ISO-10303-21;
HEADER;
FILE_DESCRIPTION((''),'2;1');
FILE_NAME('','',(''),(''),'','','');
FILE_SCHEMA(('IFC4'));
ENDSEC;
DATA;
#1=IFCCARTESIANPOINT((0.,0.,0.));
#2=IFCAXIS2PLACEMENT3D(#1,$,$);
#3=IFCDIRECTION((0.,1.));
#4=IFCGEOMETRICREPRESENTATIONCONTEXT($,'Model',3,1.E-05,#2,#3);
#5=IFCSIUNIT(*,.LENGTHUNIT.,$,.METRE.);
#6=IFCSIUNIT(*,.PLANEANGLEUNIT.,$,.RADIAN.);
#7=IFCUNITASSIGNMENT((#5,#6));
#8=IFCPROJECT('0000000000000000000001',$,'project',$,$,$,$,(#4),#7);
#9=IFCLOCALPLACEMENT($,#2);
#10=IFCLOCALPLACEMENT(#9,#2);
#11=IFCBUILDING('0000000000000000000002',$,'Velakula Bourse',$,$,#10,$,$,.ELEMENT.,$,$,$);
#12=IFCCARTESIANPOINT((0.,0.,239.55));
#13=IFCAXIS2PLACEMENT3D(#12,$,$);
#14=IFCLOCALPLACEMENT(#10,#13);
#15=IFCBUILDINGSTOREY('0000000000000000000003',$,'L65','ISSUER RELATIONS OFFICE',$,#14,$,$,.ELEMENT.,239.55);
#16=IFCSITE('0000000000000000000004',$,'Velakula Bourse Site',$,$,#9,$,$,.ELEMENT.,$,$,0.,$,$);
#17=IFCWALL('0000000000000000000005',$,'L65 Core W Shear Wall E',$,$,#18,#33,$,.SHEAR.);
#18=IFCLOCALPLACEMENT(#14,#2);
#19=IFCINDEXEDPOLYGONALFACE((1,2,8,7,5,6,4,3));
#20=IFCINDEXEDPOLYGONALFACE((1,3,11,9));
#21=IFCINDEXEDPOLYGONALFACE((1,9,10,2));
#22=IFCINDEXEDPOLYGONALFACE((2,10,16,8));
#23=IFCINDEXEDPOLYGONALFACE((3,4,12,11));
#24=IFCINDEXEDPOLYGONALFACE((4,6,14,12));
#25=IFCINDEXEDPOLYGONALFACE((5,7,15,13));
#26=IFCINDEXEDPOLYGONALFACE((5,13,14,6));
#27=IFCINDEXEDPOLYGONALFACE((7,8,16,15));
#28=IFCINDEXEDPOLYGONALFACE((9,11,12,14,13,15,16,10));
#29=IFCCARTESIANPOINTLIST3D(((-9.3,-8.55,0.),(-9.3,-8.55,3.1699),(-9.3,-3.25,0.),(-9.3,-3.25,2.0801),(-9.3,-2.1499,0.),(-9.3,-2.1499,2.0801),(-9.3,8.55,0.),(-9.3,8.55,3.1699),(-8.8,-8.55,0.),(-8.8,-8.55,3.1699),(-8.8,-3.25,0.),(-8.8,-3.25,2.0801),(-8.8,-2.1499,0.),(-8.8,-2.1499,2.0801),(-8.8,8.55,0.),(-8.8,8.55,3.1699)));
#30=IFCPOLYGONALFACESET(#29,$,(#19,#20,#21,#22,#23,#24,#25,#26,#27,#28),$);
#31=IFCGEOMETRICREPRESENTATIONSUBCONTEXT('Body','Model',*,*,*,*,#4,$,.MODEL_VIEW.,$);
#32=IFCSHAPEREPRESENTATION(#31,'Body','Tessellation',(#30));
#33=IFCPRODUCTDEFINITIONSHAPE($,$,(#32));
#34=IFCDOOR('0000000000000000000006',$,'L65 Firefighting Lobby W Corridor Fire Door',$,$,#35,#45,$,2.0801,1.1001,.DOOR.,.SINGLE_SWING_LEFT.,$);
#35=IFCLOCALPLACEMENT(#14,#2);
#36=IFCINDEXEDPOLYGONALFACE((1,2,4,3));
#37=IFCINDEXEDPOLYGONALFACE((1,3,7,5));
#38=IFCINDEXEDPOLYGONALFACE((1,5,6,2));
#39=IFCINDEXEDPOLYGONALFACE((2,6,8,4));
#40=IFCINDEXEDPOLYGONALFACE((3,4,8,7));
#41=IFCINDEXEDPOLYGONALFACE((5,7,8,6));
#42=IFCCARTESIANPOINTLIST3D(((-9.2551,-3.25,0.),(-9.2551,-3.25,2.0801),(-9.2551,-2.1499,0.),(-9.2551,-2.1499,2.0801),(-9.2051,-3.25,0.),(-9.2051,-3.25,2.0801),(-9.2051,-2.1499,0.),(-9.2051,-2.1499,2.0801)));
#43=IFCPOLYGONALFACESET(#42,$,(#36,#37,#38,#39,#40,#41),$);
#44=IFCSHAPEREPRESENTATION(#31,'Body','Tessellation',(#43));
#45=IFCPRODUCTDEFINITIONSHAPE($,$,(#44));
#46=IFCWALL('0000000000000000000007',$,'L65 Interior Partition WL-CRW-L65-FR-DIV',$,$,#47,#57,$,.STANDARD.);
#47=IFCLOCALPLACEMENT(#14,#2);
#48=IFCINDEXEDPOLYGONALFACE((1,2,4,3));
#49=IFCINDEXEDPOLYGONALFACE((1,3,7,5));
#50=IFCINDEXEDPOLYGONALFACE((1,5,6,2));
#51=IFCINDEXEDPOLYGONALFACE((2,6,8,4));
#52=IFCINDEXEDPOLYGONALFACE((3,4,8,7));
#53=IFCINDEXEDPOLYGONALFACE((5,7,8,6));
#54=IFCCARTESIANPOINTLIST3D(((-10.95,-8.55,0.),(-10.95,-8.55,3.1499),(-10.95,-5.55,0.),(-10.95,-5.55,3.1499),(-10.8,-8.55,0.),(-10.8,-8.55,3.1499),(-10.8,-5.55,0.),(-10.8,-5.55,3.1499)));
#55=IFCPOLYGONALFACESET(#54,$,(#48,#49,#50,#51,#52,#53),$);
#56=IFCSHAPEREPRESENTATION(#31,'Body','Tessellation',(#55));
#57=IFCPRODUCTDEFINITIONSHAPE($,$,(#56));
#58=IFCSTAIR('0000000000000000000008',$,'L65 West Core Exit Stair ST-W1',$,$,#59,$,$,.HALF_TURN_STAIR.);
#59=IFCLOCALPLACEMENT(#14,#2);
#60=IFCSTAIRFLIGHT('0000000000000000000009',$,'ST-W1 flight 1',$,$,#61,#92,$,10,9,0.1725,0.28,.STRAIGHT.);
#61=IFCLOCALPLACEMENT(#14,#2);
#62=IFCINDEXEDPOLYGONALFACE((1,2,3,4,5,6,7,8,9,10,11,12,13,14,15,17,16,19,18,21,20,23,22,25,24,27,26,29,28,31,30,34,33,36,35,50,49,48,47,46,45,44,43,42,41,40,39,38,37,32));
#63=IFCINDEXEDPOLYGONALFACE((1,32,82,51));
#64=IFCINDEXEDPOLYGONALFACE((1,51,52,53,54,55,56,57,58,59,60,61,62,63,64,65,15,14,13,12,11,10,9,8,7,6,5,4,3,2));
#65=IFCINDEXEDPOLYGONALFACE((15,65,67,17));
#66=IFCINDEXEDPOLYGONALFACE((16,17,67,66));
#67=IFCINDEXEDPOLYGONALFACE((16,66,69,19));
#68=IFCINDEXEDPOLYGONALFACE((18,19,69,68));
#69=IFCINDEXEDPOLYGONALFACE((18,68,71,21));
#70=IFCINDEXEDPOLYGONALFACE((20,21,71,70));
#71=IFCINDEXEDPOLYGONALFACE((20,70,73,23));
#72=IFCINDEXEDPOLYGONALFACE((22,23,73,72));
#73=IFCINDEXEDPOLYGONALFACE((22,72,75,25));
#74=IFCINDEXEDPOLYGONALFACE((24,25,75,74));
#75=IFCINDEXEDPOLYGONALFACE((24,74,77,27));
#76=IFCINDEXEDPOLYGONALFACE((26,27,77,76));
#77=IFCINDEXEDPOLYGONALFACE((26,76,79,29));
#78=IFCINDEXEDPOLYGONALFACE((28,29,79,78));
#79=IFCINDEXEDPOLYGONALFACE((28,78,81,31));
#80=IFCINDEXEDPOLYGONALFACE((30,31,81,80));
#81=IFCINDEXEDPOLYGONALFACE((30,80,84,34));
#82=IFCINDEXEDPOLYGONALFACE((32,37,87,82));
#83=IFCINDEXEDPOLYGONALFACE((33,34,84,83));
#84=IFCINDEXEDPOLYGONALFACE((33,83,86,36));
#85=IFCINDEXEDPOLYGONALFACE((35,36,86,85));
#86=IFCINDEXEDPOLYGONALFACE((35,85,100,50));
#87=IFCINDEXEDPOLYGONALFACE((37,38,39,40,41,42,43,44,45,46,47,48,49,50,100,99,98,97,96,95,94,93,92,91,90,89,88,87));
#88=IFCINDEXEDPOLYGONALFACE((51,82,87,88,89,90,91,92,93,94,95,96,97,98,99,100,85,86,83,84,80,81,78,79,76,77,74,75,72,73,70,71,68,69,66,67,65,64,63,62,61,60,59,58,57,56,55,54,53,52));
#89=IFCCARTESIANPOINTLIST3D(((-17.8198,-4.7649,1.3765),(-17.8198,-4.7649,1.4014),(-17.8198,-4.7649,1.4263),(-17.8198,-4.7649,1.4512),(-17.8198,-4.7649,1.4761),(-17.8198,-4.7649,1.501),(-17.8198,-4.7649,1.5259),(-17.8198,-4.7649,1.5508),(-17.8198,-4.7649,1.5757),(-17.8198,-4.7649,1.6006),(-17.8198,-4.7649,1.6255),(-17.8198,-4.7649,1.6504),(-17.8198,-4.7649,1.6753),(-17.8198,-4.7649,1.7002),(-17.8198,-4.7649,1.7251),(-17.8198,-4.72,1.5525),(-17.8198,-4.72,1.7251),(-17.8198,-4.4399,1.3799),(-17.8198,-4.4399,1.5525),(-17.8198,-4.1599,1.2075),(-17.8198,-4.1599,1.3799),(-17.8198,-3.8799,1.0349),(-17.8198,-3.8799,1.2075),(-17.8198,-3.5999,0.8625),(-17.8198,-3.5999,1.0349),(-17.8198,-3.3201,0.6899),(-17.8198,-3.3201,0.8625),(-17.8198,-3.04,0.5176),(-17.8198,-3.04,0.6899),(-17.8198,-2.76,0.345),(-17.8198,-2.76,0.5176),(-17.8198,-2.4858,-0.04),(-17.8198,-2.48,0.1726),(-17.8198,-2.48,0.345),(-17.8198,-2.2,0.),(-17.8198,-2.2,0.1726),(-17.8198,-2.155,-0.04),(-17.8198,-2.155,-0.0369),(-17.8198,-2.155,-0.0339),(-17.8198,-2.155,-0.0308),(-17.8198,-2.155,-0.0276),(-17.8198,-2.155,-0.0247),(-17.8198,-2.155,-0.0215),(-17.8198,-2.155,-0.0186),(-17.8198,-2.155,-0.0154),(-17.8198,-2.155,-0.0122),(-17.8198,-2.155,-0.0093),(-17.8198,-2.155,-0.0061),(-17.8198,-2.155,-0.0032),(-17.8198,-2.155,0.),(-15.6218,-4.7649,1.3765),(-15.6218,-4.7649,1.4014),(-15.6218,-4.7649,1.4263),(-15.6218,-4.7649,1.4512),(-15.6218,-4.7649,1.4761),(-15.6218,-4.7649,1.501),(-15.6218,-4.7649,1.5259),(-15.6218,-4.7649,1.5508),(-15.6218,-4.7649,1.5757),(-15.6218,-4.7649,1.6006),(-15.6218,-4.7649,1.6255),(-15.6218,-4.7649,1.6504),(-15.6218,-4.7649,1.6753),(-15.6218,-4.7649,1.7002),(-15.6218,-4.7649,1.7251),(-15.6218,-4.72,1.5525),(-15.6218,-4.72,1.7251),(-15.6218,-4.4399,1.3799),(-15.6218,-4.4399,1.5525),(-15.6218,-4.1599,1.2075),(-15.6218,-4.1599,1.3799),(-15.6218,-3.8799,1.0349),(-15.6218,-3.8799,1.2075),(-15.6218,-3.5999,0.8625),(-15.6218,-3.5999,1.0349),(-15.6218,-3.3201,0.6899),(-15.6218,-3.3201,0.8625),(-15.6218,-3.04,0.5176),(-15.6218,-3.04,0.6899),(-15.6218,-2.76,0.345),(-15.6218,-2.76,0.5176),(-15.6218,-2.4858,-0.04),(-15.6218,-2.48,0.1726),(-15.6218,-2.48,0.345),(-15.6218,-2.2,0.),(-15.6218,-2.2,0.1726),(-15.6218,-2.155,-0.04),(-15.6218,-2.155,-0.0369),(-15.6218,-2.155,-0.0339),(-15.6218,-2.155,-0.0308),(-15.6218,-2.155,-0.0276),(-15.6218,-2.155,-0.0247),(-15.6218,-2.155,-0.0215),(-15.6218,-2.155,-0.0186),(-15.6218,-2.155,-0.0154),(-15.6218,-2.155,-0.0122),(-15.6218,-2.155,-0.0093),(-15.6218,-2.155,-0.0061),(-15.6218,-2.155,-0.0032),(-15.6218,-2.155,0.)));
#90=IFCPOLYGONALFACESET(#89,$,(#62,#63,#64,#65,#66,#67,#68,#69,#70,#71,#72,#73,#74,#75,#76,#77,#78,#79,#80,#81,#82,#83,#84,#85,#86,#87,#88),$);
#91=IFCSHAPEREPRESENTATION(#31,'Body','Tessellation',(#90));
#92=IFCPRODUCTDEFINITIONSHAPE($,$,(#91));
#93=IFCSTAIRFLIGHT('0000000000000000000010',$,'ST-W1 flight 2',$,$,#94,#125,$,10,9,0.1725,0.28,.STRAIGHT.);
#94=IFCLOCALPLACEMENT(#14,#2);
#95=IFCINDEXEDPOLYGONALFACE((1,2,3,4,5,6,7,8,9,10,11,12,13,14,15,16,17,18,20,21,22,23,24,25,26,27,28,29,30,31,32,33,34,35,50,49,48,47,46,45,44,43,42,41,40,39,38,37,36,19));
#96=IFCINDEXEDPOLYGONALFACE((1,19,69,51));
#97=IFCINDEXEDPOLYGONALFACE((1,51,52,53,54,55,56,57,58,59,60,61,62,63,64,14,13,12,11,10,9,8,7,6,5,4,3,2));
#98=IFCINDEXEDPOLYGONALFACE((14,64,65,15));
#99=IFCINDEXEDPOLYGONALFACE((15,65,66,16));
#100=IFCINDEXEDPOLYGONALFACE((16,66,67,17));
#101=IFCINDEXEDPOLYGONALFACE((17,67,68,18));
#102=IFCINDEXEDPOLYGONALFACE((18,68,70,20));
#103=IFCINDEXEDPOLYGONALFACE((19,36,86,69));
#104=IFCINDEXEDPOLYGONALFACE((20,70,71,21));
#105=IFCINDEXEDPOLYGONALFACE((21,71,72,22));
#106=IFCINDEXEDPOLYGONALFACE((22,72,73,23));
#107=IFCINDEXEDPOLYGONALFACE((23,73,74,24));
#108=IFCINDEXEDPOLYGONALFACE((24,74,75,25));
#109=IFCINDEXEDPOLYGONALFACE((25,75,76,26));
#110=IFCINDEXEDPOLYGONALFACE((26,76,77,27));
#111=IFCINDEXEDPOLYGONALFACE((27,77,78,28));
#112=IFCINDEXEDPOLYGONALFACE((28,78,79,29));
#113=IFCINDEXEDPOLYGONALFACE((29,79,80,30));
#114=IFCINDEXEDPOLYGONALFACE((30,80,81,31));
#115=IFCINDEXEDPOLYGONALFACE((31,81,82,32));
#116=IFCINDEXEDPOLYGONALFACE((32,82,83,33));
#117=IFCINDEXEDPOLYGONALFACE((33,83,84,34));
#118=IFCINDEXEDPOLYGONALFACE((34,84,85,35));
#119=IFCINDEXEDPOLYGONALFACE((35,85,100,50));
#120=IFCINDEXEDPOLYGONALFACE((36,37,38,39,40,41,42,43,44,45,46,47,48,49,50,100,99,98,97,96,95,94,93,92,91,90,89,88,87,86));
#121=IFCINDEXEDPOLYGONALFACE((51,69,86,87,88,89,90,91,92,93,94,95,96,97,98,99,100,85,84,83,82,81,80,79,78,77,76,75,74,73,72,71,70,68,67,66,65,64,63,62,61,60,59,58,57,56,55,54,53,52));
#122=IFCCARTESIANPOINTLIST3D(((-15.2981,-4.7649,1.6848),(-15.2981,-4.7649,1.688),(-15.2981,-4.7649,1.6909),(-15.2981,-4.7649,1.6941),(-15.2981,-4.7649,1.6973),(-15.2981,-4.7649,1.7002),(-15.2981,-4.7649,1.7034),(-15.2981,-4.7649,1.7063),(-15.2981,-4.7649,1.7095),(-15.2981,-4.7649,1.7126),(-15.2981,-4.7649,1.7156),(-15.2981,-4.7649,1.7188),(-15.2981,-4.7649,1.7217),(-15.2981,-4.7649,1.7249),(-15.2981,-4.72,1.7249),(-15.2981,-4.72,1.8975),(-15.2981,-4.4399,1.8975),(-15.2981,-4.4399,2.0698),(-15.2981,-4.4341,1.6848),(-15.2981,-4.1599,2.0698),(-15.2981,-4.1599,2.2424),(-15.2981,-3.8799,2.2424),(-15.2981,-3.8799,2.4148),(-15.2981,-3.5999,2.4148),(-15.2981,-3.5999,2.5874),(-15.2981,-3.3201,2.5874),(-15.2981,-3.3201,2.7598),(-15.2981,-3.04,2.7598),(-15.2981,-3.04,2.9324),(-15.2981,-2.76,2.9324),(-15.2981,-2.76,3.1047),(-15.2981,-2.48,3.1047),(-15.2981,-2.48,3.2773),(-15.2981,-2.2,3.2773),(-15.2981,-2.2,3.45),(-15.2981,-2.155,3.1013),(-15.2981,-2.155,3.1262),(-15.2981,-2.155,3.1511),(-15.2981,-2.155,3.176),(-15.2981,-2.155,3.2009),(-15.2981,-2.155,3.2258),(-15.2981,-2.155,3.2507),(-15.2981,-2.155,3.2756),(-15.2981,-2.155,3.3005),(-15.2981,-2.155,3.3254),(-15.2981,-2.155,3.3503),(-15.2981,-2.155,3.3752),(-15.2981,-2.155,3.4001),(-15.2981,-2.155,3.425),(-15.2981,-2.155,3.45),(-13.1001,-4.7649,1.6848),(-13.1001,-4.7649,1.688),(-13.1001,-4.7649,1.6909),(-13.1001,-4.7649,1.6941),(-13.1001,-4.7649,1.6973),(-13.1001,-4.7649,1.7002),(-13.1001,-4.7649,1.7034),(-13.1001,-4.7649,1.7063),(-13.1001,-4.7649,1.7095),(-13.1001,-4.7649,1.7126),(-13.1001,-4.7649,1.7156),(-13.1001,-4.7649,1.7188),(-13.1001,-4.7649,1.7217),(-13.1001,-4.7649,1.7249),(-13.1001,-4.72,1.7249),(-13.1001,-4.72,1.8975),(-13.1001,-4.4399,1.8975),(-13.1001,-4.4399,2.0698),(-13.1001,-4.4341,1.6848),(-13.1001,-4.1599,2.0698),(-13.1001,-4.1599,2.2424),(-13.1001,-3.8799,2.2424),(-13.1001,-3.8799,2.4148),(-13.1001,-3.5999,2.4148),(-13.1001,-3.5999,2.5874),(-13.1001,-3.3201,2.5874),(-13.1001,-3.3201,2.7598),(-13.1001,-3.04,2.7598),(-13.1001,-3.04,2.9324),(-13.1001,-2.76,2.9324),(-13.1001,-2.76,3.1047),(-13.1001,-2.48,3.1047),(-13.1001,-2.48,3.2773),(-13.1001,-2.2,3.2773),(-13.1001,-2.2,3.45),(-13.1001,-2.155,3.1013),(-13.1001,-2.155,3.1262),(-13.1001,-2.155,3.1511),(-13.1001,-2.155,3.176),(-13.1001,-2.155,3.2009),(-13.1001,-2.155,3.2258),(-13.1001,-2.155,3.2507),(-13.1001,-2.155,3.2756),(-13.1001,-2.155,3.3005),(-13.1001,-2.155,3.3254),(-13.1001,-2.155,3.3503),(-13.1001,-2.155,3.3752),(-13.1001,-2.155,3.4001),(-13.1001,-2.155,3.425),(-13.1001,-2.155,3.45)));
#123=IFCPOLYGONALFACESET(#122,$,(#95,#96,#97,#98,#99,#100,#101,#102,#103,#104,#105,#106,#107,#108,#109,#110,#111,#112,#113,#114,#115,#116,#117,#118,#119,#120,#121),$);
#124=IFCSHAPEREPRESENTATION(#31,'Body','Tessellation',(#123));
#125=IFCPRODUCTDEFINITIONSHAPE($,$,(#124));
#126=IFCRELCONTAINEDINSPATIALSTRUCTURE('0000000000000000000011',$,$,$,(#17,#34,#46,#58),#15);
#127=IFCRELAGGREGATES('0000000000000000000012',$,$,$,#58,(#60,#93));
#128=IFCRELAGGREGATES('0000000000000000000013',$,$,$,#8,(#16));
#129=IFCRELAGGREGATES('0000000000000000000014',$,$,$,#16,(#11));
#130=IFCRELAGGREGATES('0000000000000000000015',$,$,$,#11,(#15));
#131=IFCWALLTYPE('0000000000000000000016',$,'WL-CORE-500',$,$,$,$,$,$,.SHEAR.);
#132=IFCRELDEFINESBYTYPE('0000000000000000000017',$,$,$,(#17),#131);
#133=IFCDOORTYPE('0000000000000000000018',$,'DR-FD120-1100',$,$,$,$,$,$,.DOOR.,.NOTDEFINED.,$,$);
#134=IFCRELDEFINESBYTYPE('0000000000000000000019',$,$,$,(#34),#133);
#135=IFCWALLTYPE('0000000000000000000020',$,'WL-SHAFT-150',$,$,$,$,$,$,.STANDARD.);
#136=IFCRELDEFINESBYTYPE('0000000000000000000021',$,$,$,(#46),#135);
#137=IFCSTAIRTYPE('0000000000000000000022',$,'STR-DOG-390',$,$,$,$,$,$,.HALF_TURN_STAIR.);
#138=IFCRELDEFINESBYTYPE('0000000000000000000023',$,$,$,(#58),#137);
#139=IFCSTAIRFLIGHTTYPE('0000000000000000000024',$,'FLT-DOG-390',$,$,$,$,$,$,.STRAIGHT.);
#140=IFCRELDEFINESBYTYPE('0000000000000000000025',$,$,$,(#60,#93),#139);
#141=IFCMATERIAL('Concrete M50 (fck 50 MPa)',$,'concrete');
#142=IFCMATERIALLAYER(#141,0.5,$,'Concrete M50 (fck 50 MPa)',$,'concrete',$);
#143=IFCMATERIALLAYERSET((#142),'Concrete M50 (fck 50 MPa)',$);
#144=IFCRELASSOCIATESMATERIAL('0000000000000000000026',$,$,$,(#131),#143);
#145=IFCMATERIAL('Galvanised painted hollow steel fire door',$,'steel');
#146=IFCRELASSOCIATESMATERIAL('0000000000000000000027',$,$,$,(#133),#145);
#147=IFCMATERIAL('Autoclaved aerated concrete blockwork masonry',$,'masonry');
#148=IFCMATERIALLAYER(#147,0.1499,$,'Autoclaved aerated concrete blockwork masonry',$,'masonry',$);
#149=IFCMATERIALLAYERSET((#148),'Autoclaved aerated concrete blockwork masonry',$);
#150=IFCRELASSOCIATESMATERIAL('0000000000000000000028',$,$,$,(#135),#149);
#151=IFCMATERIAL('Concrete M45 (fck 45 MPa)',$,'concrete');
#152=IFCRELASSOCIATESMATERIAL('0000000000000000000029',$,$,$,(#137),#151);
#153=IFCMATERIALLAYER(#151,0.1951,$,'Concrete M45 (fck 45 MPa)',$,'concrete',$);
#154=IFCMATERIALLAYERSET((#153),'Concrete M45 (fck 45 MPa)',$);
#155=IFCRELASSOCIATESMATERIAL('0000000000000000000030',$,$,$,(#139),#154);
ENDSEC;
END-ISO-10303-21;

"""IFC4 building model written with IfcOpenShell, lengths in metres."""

from ifc_helpers import new_model, si_unit, direction, frame, frame_2d, origin, place, context, subcontext, project, spatial, polyline, rectangle, outline, extrude, material, layer, layer_set, type_object, element, fill, aggregate, save


model = new_model("IFC4")

# Units and contexts
model_context = context("Model", 3, precision=1e-05, world=origin(), true_north=direction((0.0, 1.0)))
body_context = subcontext(model_context, "Body", "Model", "MODEL_VIEW")
ifc_project = project(units=[si_unit("LENGTHUNIT", "METRE"), si_unit("PLANEANGLEUNIT", "RADIAN")], contexts=[model_context])

# Site, building, storey
site_placement = place(None, origin())
site = spatial("IfcSite", under=ifc_project, at=site_placement, Name="Velakula Bourse Site", CompositionType="ELEMENT", RefElevation=0.0)
building_placement = place(site_placement, origin())
building = spatial("IfcBuilding", under=site, at=building_placement, Name="Velakula Bourse", CompositionType="ELEMENT")
storey_placement = place(building_placement, frame((0.0, 0.0, 239.55)))
storey = spatial("IfcBuildingStorey", under=building, at=storey_placement, Name="L65", Description="ISSUER RELATIONS OFFICE", CompositionType="ELEMENT", Elevation=239.55)

# Shared definitions
ifc_material_1 = material(Name="Concrete M50 (fck 50 MPa)", Category="concrete")

# Shared definitions
ifc_material_2 = material(Name="Galvanised painted hollow steel fire door", Category="steel")

# Wall, opening, door
ifc_layer_1 = layer(ifc_material_1, 0.5, Name="Concrete M50 (fck 50 MPa)", Category="concrete")
ifc_layer_set_1 = layer_set([ifc_layer_1], Name="Concrete M50 (fck 50 MPa)")
wall_type_1 = type_object("IfcWallType", Name="WL-CORE-500", PredefinedType="SHEAR", material=ifc_layer_set_1)
wall_1_placement = place(storey_placement, frame((-9.05, -8.55, 0.0), z_axis=(0.0, 0.0, 1.0), x_axis=(0.0, 1.0, 0.0)))
wall_1 = element("IfcWall", 1, at=wall_1_placement, inside=storey, type_object=wall_type_1, Name="L65 Core W Shear Wall E", PredefinedType="SHEAR", context=body_context, shape_type="SweptSolid", body=[
    extrude(rectangle(XDim=17.1001, YDim=0.5, at=frame_2d((8.55, 0.0))), origin(), (0.0, 0.0, 1.0), 3.1699),
])
opening_1_placement = place(wall_1_placement, frame((5.3, 0.0, 0.0)))
opening_1 = element("IfcOpeningElement", 2, at=opening_1_placement, cuts=wall_1, PredefinedType="OPENING", context=body_context, shape_type="SweptSolid", body=[
    extrude(rectangle(XDim=1.1001, YDim=2.0801, at=frame_2d((0.55, 1.04))), frame((0.0, 0.26, 0.0), z_axis=(0.0, -1.0, 0.0), x_axis=(1.0, 0.0, 0.0)), (0.0, 0.0, 1.0), 0.52),
])
door_type_1 = type_object("IfcDoorType", Name="DR-FD120-1100", OperationType="NOTDEFINED", PredefinedType="DOOR", material=ifc_material_2)
door_1_placement = place(opening_1_placement, origin())
door_1 = element("IfcDoor", 3, at=door_1_placement, inside=storey, type_object=door_type_1, Name="L65 Firefighting Lobby W Corridor Fire Door", OperationType="SINGLE_SWING_LEFT", OverallHeight=2.0801, OverallWidth=1.1001, PredefinedType="DOOR", context=body_context, shape_type="SweptSolid", body=[
    extrude(rectangle(XDim=1.1001, YDim=2.0801, at=frame_2d((0.55, 1.04))), frame((0.0, 0.2051, 0.0), z_axis=(0.0, -1.0, 0.0), x_axis=(1.0, 0.0, 0.0)), (0.0, 0.0, 1.0), 0.05),
])
fill(opening_1, door_1)

# Shared definitions
ifc_material_3 = material(Name="Autoclaved aerated concrete blockwork masonry", Category="masonry")
ifc_layer_2 = layer(ifc_material_3, 0.1499, Name="Autoclaved aerated concrete blockwork masonry", Category="masonry")
ifc_layer_set_2 = layer_set([ifc_layer_2], Name="Autoclaved aerated concrete blockwork masonry")
wall_type_2 = type_object("IfcWallType", Name="WL-SHAFT-150", PredefinedType="STANDARD", material=ifc_layer_set_2)

# Wall
wall_2_placement = place(storey_placement, frame((-10.875, -8.55, 0.0), z_axis=(0.0, 0.0, 1.0), x_axis=(0.0, 1.0, 0.0)))
element("IfcWall", 4, at=wall_2_placement, inside=storey, type_object=wall_type_2, Name="L65 Interior Partition WL-CRW-L65-FR-DIV", PredefinedType="STANDARD", context=body_context, shape_type="SweptSolid", body=[
    extrude(rectangle(XDim=3.0, YDim=0.1499, at=frame_2d((1.5, 0.0))), origin(), (0.0, 0.0, 1.0), 3.1499),
])

# Stair, stair flights
ifc_material_4 = material(Name="Concrete M45 (fck 45 MPa)", Category="concrete")
stair_type = type_object("IfcStairType", Name="STR-DOG-390", PredefinedType="HALF_TURN_STAIR", material=ifc_material_4)
stair_placement = place(storey_placement, origin())
stair = element("IfcStair", 5, at=stair_placement, inside=storey, type_object=stair_type, Name="L65 West Core Exit Stair ST-W1", PredefinedType="HALF_TURN_STAIR")
ifc_layer_3 = layer(ifc_material_4, 0.1951, Name="Concrete M45 (fck 45 MPa)", Category="concrete")
ifc_layer_set_3 = layer_set([ifc_layer_3], Name="Concrete M45 (fck 45 MPa)")
stair_flight_type = type_object("IfcStairFlightType", Name="FLT-DOG-390", PredefinedType="STRAIGHT", material=ifc_layer_set_3)
stair_flight_1_placement = place(storey_placement, frame((-16.7209, -2.2, 0.0), z_axis=(0.0, 0.0, 1.0), x_axis=(0.0, -1.0, 0.0)))
stair_flight_1 = element("IfcStairFlight", 6, at=stair_flight_1_placement, type_object=stair_flight_type, Name="ST-W1 flight 1", NumberOfRisers=10, NumberOfTreads=9, PredefinedType="STRAIGHT", RiserHeight=0.1725, TreadLength=0.28, context=body_context, shape_type="SweptSolid", body=[
    extrude(outline(polyline([(-0.0449, -0.04), (-0.0449, -0.0369), (-0.0449, -0.0339), (-0.0449, -0.0308), (-0.0449, -0.0276), (-0.0449, -0.0247), (-0.0449, -0.0215), (-0.0449, -0.0186), (-0.0449, -0.0154), (-0.0449, -0.0122), (-0.0449, -0.0093), (-0.0449, -0.0061), (-0.0449, -0.0032), (-0.0449, 0.0), (0.0, 0.0), (0.0, 0.1726), (0.28, 0.1726), (0.28, 0.345), (0.5601, 0.345), (0.5601, 0.5176), (0.8401, 0.5176), (0.8401, 0.6899), (1.1201, 0.6899), (1.1201, 0.8625), (1.3999, 0.8625), (1.3999, 1.0349), (1.6799, 1.0349), (1.6799, 1.2075), (1.96, 1.2075), (1.96, 1.3799), (2.24, 1.3799), (2.24, 1.5525), (2.52, 1.5525), (2.52, 1.7251), (2.5649, 1.7251), (2.5649, 1.7002), (2.5649, 1.6753), (2.5649, 1.6504), (2.5649, 1.6255), (2.5649, 1.6006), (2.5649, 1.5757), (2.5649, 1.5508), (2.5649, 1.5259), (2.5649, 1.501), (2.5649, 1.4761), (2.5649, 1.4512), (2.5649, 1.4263), (2.5649, 1.4014), (2.5649, 1.3765), (0.2859, -0.04), (-0.0449, -0.04)])), frame((0.0, 1.0991, 0.0), z_axis=(0.0, -1.0, 0.0), x_axis=(1.0, 0.0, 0.0)), (0.0, 0.0, 1.0), 2.198),
])
stair_flight_2_placement = place(storey_placement, frame((-14.199, -4.72, 1.7249), z_axis=(0.0, 0.0, 1.0), x_axis=(0.0, 1.0, 0.0)))
stair_flight_2 = element("IfcStairFlight", 7, at=stair_flight_2_placement, type_object=stair_flight_type, Name="ST-W1 flight 2", NumberOfRisers=10, NumberOfTreads=9, PredefinedType="STRAIGHT", RiserHeight=0.1725, TreadLength=0.28, context=body_context, shape_type="SweptSolid", body=[
    extrude(outline(polyline([(-0.0449, -0.04), (-0.0449, -0.0369), (-0.0449, -0.0339), (-0.0449, -0.0308), (-0.0449, -0.0276), (-0.0449, -0.0247), (-0.0449, -0.0215), (-0.0449, -0.0186), (-0.0449, -0.0154), (-0.0449, -0.0122), (-0.0449, -0.0093), (-0.0449, -0.0061), (-0.0449, -0.0032), (-0.0449, 0.0), (0.0, 0.0), (0.0, 0.1726), (0.28, 0.1726), (0.28, 0.345), (0.5601, 0.345), (0.5601, 0.5176), (0.8401, 0.5176), (0.8401, 0.6899), (1.1201, 0.6899), (1.1201, 0.8625), (1.3999, 0.8625), (1.3999, 1.0349), (1.6799, 1.0349), (1.6799, 1.2075), (1.96, 1.2075), (1.96, 1.3799), (2.24, 1.3799), (2.24, 1.5525), (2.52, 1.5525), (2.52, 1.7251), (2.5649, 1.7251), (2.5649, 1.7002), (2.5649, 1.6753), (2.5649, 1.6504), (2.5649, 1.6255), (2.5649, 1.6006), (2.5649, 1.5757), (2.5649, 1.5508), (2.5649, 1.5259), (2.5649, 1.501), (2.5649, 1.4761), (2.5649, 1.4512), (2.5649, 1.4263), (2.5649, 1.4014), (2.5649, 1.3765), (0.2859, -0.04), (-0.0449, -0.04)])), frame((0.0, 1.0991, 0.0), z_axis=(0.0, -1.0, 0.0), x_axis=(1.0, 0.0, 0.0)), (0.0, 0.0, 1.0), 2.198),
])
aggregate(stair, [stair_flight_1, stair_flight_2])

save(model, "model.ifc")
